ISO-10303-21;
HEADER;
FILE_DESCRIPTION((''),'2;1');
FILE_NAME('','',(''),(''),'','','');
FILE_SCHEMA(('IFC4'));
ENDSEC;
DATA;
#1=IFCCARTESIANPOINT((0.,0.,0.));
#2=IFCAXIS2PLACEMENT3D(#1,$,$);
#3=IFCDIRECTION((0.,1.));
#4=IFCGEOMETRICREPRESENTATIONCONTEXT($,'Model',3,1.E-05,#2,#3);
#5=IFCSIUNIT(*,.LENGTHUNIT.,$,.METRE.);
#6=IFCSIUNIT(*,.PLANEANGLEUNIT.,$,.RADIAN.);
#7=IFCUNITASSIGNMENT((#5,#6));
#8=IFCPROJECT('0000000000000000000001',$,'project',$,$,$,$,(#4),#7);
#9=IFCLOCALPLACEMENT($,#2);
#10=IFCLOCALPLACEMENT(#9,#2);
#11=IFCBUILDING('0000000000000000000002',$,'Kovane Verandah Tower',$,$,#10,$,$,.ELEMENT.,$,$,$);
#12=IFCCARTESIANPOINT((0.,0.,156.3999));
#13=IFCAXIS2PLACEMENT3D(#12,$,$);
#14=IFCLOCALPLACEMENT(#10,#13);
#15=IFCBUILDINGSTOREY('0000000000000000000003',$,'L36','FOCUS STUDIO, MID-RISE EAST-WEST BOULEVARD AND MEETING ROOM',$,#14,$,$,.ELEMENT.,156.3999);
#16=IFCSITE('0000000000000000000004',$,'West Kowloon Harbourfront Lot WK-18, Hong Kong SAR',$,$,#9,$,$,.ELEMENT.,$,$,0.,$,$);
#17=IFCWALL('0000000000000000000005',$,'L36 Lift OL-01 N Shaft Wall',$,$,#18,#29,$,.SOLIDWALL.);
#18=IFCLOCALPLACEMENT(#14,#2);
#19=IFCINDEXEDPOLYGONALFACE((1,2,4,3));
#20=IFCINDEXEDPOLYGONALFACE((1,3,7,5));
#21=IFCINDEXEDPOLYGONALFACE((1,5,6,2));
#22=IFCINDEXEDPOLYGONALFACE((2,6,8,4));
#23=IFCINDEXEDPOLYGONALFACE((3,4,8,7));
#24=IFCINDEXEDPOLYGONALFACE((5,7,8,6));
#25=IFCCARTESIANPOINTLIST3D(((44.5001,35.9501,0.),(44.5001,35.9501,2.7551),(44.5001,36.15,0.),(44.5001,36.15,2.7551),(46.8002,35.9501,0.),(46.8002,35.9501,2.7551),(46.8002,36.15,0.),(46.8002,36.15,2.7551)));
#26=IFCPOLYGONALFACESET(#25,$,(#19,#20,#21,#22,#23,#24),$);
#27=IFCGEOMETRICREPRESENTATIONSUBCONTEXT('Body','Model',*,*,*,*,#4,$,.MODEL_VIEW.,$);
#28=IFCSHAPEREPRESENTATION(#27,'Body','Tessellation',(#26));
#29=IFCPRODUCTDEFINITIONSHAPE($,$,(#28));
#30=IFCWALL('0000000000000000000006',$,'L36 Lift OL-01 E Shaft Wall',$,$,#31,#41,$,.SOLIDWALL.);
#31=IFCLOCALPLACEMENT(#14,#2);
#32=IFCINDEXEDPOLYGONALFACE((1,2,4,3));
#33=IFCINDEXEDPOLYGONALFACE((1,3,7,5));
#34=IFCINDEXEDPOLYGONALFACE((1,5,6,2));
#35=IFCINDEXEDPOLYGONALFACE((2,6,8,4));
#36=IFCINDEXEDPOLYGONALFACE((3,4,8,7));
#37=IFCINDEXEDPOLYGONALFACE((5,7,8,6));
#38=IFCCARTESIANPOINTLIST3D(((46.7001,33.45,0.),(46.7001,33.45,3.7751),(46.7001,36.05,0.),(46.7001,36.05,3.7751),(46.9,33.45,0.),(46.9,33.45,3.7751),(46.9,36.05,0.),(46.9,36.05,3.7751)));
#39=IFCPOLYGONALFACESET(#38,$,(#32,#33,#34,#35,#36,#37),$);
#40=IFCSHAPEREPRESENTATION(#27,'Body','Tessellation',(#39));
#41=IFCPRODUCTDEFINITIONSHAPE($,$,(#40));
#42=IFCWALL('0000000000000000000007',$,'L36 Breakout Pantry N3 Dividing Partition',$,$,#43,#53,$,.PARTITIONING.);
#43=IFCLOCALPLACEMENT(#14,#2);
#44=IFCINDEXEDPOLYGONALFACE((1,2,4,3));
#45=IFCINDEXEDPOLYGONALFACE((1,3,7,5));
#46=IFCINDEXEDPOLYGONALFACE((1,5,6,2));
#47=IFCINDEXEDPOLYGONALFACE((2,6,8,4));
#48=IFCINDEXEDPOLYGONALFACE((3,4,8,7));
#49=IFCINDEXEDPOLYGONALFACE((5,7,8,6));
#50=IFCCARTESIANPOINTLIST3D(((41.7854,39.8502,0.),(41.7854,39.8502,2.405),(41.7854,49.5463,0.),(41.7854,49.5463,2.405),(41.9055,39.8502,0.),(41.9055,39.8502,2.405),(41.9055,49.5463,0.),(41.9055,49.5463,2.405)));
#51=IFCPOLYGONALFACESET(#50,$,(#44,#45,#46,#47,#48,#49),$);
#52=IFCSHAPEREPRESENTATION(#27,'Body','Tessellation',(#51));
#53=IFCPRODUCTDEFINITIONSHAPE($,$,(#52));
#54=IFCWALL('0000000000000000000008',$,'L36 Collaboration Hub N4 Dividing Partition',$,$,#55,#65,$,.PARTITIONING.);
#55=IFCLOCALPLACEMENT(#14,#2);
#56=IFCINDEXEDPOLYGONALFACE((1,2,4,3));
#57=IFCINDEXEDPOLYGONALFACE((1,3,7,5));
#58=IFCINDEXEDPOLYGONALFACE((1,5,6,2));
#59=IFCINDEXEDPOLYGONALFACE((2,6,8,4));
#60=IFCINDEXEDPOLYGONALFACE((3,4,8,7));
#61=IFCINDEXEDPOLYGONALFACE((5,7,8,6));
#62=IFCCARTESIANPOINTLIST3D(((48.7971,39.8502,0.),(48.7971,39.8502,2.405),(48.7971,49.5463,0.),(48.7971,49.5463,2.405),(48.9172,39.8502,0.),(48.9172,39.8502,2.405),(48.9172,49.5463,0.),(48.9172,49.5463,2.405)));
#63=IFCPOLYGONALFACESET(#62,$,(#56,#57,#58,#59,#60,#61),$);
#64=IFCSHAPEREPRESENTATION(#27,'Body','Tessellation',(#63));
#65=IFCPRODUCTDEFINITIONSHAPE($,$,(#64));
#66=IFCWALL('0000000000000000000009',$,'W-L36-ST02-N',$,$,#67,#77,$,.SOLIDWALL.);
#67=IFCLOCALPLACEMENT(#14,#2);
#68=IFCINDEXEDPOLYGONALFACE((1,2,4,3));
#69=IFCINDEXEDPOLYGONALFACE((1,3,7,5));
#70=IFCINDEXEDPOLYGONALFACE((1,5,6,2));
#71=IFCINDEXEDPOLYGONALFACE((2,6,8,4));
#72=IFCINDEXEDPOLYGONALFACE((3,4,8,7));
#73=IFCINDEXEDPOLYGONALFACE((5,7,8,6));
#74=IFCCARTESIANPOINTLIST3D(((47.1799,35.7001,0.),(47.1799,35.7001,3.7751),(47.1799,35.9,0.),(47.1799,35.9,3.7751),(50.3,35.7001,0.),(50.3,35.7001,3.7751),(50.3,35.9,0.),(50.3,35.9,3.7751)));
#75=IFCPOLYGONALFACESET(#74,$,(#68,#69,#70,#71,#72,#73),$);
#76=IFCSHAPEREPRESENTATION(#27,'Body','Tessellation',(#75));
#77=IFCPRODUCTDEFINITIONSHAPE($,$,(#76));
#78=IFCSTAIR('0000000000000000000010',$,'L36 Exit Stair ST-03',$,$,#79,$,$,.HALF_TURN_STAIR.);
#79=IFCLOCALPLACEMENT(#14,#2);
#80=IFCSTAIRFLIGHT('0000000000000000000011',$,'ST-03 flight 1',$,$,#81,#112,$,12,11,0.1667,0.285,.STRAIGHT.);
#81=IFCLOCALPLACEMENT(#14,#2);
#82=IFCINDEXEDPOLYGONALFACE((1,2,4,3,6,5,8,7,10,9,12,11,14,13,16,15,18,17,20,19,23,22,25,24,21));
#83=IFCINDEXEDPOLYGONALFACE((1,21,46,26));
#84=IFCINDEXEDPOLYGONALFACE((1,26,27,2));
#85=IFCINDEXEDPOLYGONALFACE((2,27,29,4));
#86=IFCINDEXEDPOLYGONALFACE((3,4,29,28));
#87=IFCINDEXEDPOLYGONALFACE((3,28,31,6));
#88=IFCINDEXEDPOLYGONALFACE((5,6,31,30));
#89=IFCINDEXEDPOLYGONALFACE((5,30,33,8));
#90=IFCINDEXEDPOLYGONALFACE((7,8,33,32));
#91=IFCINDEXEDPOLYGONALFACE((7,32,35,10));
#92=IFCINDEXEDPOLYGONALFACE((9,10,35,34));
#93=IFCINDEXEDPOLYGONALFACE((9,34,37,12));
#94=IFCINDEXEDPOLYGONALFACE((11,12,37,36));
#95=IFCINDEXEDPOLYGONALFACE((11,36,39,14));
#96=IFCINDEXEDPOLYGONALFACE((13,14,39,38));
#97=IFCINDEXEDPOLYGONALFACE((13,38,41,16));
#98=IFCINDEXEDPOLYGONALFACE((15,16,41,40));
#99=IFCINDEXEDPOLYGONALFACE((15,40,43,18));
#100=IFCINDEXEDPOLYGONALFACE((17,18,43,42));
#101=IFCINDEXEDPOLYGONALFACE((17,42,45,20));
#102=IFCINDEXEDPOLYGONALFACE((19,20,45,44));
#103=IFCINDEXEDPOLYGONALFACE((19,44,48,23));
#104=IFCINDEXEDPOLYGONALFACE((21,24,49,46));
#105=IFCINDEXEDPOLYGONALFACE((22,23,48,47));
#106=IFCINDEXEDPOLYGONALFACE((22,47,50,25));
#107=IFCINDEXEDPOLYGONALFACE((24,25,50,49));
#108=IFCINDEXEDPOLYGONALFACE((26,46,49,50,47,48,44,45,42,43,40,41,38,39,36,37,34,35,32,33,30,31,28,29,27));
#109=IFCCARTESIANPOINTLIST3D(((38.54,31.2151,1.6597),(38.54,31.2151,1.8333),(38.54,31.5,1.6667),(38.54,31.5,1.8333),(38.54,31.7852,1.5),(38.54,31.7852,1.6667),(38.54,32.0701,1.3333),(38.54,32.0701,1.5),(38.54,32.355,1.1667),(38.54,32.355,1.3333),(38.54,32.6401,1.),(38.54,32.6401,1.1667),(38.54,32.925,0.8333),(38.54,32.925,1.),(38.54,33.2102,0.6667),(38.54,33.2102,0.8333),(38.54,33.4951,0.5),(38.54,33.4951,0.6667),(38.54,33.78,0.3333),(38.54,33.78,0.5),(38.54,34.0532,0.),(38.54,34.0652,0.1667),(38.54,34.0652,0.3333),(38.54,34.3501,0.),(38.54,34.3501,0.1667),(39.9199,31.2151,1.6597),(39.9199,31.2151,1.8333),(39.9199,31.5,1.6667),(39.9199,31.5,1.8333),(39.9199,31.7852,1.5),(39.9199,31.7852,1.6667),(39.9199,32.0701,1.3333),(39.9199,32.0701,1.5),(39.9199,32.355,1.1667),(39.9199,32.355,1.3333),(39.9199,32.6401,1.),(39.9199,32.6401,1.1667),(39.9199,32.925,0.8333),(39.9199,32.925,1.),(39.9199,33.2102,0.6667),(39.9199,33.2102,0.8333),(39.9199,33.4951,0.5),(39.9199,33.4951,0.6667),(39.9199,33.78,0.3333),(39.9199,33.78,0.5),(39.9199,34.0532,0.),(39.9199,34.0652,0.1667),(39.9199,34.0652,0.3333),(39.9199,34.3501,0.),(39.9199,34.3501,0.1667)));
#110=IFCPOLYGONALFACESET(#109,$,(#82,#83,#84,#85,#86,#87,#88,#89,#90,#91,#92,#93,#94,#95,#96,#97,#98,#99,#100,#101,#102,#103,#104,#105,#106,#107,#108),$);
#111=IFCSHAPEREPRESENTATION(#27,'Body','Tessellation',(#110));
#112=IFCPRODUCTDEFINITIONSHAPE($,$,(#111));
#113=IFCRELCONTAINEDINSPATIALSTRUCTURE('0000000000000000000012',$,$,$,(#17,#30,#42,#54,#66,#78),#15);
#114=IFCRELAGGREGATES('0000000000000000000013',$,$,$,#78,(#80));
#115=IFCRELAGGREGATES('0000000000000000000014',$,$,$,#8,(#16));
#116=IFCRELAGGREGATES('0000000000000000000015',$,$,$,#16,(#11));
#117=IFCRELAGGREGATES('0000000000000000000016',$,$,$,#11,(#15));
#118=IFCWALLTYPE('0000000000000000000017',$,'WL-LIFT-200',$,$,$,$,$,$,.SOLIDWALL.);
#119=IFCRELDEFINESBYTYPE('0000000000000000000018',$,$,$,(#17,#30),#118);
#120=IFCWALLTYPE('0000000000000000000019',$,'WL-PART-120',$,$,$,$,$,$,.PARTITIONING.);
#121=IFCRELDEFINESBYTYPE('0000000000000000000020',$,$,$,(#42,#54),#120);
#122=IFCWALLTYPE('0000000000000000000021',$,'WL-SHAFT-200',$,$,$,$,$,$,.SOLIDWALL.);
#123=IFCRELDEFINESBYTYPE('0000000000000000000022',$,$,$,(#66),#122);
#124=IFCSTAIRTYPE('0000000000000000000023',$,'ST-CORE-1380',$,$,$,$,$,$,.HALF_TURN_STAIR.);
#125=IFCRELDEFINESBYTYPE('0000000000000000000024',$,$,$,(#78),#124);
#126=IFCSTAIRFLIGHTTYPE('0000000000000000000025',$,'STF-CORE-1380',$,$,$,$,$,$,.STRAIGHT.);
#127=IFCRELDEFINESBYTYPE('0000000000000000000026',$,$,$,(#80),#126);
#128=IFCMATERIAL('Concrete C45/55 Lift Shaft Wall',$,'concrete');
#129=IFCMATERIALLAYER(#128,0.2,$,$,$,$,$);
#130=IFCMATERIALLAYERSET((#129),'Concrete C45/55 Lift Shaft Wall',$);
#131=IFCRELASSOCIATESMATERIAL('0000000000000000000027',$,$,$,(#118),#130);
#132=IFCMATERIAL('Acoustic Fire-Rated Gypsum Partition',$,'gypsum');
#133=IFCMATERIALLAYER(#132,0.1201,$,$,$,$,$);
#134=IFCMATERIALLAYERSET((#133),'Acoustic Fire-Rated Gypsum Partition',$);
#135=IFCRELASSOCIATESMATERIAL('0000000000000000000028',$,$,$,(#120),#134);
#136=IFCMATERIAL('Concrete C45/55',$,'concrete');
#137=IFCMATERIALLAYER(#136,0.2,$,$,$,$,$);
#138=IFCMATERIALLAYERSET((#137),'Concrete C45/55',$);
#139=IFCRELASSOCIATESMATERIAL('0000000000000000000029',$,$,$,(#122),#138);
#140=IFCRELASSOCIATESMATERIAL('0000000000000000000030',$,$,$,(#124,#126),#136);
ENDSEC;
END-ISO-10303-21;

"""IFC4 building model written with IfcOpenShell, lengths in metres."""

from ifc_helpers import new_model, si_unit, direction, frame, frame_2d, origin, place, context, subcontext, project, spatial, polyline, rectangle, outline, extrude, material, layer, layer_set, type_object, element, aggregate, save


model = new_model("IFC4")

# Units and contexts
model_context = context("Model", 3, precision=1e-05, world=origin(), true_north=direction((0.0, 1.0)))
body_context = subcontext(model_context, "Body", "Model", "MODEL_VIEW")
ifc_project = project(units=[si_unit("LENGTHUNIT", "METRE"), si_unit("PLANEANGLEUNIT", "RADIAN")], contexts=[model_context])

# Site, building, storey
site_placement = place(None, origin())
site = spatial("IfcSite", under=ifc_project, at=site_placement, Name="West Kowloon Harbourfront Lot WK-18, Hong Kong SAR", CompositionType="ELEMENT", RefElevation=0.0)
building_placement = place(site_placement, origin())
building = spatial("IfcBuilding", under=site, at=building_placement, Name="Kovane Verandah Tower", CompositionType="ELEMENT")
storey_placement = place(building_placement, frame((0.0, 0.0, 156.3999)))
storey = spatial("IfcBuildingStorey", under=building, at=storey_placement, Name="L36", Description="FOCUS STUDIO, MID-RISE EAST-WEST BOULEVARD AND MEETING ROOM", CompositionType="ELEMENT", Elevation=156.3999)

# Walls
ifc_material_1 = material(Name="Concrete C45/55 Lift Shaft Wall", Category="concrete")
ifc_layer_1 = layer(ifc_material_1, 0.2)
ifc_layer_set_1 = layer_set([ifc_layer_1], Name="Concrete C45/55 Lift Shaft Wall")
wall_type_1 = type_object("IfcWallType", Name="WL-LIFT-200", PredefinedType="SOLIDWALL", material=ifc_layer_set_1)
wall_1_placement = place(storey_placement, frame((46.8, 36.05, 0.0), z_axis=(0.0, 0.0, 1.0), x_axis=(-1.0, 0.0, 0.0)))
element("IfcWall", 1, at=wall_1_placement, inside=storey, type_object=wall_type_1, Name="L36 Lift OL-01 N Shaft Wall", PredefinedType="SOLIDWALL", context=body_context, shape_type="SweptSolid", body=[
    extrude(rectangle(XDim=2.3, YDim=0.2, at=frame_2d((1.1499, 0.0))), origin(), (0.0, 0.0, 1.0), 2.7551),
])
wall_2_placement = place(storey_placement, frame((46.8, 33.45, 0.0), z_axis=(0.0, 0.0, 1.0), x_axis=(0.0, 1.0, 0.0)))
element("IfcWall", 2, at=wall_2_placement, inside=storey, type_object=wall_type_1, Name="L36 Lift OL-01 E Shaft Wall", PredefinedType="SOLIDWALL", context=body_context, shape_type="SweptSolid", body=[
    extrude(rectangle(XDim=2.6001, YDim=0.2, at=frame_2d((1.3, 0.0))), origin(), (0.0, 0.0, 1.0), 3.7751),
])
ifc_material_2 = material(Name="Acoustic Fire-Rated Gypsum Partition", Category="gypsum")
ifc_layer_2 = layer(ifc_material_2, 0.1201)
ifc_layer_set_2 = layer_set([ifc_layer_2], Name="Acoustic Fire-Rated Gypsum Partition")
wall_type_2 = type_object("IfcWallType", Name="WL-PART-120", PredefinedType="PARTITIONING", material=ifc_layer_set_2)
for number, where, z_axis, x_axis, name in (
    (3, (41.8455, 39.8501, 0.0), (0.0, 0.0, 1.0), (0.0, 1.0, 0.0), "L36 Breakout Pantry N3 Dividing Partition"),
    (4, (48.8572, 39.8501, 0.0), (0.0, 0.0, 1.0), (0.0, 1.0, 0.0), "L36 Collaboration Hub N4 Dividing Partition"),
):
    element("IfcWall", number, at=place(storey_placement, frame(where, z_axis=z_axis, x_axis=x_axis)), inside=storey, type_object=wall_type_2, Name=name, PredefinedType="PARTITIONING", context=body_context, shape_type="SweptSolid", body=[
        extrude(rectangle(XDim=9.696, YDim=0.1201, at=frame_2d((4.8481, 0.0))), origin(), (0.0, 0.0, 1.0), 2.405),
    ])
ifc_material_3 = material(Name="Concrete C45/55", Category="concrete")
ifc_layer_3 = layer(ifc_material_3, 0.2)
ifc_layer_set_3 = layer_set([ifc_layer_3], Name="Concrete C45/55")
wall_type_3 = type_object("IfcWallType", Name="WL-SHAFT-200", PredefinedType="SOLIDWALL", material=ifc_layer_set_3)
wall_3_placement = place(storey_placement, frame((47.1799, 35.8, 0.0), z_axis=(0.0, 0.0, 1.0), x_axis=(1.0, 0.0, 0.0)))
element("IfcWall", 5, at=wall_3_placement, inside=storey, type_object=wall_type_3, Name="W-L36-ST02-N", PredefinedType="SOLIDWALL", context=body_context, shape_type="SweptSolid", body=[
    extrude(rectangle(XDim=3.1201, YDim=0.2, at=frame_2d((1.5601, 0.0))), origin(), (0.0, 0.0, 1.0), 3.7751),
])

# Stair, stair flight
stair_type = type_object("IfcStairType", Name="ST-CORE-1380", PredefinedType="HALF_TURN_STAIR", material=ifc_material_3)
stair_placement = place(storey_placement, origin())
stair = element("IfcStair", 6, at=stair_placement, inside=storey, type_object=stair_type, Name="L36 Exit Stair ST-03", PredefinedType="HALF_TURN_STAIR")
stair_flight_type = type_object("IfcStairFlightType", Name="STF-CORE-1380", PredefinedType="STRAIGHT", material=ifc_material_3)
stair_flight_placement = place(storey_placement, frame((39.23, 34.3501, 0.0), z_axis=(0.0, 0.0, 1.0), x_axis=(0.0, -1.0, 0.0)))
stair_flight = element("IfcStairFlight", 7, at=stair_flight_placement, type_object=stair_flight_type, Name="ST-03 flight 1", NumberOfRisers=12, NumberOfTreads=11, PredefinedType="STRAIGHT", RiserHeight=0.1667, TreadLength=0.285, context=body_context, shape_type="SweptSolid", body=[
    extrude(outline(polyline([(0.0, 0.0), (0.0, 0.1667), (0.2849, 0.1667), (0.2849, 0.3333), (0.5701, 0.3333), (0.5701, 0.5), (0.855, 0.5), (0.855, 0.6667), (1.1399, 0.6667), (1.1399, 0.8333), (1.425, 0.8333), (1.425, 1.0), (1.71, 1.0), (1.71, 1.1667), (1.9951, 1.1667), (1.9951, 1.3333), (2.28, 1.3333), (2.28, 1.5), (2.5649, 1.5), (2.5649, 1.6667), (2.8501, 1.6667), (2.8501, 1.8333), (3.135, 1.8333), (3.135, 2.0), (3.135, 1.6597), (0.2969, 0.0), (0.0, 0.0)])), frame((0.0, 0.6899, 0.0), z_axis=(0.0, -1.0, 0.0), x_axis=(1.0, 0.0, 0.0)), (0.0, 0.0, 1.0), 1.3799),
])
aggregate(stair, [stair_flight])

save(model, "model.ifc")
